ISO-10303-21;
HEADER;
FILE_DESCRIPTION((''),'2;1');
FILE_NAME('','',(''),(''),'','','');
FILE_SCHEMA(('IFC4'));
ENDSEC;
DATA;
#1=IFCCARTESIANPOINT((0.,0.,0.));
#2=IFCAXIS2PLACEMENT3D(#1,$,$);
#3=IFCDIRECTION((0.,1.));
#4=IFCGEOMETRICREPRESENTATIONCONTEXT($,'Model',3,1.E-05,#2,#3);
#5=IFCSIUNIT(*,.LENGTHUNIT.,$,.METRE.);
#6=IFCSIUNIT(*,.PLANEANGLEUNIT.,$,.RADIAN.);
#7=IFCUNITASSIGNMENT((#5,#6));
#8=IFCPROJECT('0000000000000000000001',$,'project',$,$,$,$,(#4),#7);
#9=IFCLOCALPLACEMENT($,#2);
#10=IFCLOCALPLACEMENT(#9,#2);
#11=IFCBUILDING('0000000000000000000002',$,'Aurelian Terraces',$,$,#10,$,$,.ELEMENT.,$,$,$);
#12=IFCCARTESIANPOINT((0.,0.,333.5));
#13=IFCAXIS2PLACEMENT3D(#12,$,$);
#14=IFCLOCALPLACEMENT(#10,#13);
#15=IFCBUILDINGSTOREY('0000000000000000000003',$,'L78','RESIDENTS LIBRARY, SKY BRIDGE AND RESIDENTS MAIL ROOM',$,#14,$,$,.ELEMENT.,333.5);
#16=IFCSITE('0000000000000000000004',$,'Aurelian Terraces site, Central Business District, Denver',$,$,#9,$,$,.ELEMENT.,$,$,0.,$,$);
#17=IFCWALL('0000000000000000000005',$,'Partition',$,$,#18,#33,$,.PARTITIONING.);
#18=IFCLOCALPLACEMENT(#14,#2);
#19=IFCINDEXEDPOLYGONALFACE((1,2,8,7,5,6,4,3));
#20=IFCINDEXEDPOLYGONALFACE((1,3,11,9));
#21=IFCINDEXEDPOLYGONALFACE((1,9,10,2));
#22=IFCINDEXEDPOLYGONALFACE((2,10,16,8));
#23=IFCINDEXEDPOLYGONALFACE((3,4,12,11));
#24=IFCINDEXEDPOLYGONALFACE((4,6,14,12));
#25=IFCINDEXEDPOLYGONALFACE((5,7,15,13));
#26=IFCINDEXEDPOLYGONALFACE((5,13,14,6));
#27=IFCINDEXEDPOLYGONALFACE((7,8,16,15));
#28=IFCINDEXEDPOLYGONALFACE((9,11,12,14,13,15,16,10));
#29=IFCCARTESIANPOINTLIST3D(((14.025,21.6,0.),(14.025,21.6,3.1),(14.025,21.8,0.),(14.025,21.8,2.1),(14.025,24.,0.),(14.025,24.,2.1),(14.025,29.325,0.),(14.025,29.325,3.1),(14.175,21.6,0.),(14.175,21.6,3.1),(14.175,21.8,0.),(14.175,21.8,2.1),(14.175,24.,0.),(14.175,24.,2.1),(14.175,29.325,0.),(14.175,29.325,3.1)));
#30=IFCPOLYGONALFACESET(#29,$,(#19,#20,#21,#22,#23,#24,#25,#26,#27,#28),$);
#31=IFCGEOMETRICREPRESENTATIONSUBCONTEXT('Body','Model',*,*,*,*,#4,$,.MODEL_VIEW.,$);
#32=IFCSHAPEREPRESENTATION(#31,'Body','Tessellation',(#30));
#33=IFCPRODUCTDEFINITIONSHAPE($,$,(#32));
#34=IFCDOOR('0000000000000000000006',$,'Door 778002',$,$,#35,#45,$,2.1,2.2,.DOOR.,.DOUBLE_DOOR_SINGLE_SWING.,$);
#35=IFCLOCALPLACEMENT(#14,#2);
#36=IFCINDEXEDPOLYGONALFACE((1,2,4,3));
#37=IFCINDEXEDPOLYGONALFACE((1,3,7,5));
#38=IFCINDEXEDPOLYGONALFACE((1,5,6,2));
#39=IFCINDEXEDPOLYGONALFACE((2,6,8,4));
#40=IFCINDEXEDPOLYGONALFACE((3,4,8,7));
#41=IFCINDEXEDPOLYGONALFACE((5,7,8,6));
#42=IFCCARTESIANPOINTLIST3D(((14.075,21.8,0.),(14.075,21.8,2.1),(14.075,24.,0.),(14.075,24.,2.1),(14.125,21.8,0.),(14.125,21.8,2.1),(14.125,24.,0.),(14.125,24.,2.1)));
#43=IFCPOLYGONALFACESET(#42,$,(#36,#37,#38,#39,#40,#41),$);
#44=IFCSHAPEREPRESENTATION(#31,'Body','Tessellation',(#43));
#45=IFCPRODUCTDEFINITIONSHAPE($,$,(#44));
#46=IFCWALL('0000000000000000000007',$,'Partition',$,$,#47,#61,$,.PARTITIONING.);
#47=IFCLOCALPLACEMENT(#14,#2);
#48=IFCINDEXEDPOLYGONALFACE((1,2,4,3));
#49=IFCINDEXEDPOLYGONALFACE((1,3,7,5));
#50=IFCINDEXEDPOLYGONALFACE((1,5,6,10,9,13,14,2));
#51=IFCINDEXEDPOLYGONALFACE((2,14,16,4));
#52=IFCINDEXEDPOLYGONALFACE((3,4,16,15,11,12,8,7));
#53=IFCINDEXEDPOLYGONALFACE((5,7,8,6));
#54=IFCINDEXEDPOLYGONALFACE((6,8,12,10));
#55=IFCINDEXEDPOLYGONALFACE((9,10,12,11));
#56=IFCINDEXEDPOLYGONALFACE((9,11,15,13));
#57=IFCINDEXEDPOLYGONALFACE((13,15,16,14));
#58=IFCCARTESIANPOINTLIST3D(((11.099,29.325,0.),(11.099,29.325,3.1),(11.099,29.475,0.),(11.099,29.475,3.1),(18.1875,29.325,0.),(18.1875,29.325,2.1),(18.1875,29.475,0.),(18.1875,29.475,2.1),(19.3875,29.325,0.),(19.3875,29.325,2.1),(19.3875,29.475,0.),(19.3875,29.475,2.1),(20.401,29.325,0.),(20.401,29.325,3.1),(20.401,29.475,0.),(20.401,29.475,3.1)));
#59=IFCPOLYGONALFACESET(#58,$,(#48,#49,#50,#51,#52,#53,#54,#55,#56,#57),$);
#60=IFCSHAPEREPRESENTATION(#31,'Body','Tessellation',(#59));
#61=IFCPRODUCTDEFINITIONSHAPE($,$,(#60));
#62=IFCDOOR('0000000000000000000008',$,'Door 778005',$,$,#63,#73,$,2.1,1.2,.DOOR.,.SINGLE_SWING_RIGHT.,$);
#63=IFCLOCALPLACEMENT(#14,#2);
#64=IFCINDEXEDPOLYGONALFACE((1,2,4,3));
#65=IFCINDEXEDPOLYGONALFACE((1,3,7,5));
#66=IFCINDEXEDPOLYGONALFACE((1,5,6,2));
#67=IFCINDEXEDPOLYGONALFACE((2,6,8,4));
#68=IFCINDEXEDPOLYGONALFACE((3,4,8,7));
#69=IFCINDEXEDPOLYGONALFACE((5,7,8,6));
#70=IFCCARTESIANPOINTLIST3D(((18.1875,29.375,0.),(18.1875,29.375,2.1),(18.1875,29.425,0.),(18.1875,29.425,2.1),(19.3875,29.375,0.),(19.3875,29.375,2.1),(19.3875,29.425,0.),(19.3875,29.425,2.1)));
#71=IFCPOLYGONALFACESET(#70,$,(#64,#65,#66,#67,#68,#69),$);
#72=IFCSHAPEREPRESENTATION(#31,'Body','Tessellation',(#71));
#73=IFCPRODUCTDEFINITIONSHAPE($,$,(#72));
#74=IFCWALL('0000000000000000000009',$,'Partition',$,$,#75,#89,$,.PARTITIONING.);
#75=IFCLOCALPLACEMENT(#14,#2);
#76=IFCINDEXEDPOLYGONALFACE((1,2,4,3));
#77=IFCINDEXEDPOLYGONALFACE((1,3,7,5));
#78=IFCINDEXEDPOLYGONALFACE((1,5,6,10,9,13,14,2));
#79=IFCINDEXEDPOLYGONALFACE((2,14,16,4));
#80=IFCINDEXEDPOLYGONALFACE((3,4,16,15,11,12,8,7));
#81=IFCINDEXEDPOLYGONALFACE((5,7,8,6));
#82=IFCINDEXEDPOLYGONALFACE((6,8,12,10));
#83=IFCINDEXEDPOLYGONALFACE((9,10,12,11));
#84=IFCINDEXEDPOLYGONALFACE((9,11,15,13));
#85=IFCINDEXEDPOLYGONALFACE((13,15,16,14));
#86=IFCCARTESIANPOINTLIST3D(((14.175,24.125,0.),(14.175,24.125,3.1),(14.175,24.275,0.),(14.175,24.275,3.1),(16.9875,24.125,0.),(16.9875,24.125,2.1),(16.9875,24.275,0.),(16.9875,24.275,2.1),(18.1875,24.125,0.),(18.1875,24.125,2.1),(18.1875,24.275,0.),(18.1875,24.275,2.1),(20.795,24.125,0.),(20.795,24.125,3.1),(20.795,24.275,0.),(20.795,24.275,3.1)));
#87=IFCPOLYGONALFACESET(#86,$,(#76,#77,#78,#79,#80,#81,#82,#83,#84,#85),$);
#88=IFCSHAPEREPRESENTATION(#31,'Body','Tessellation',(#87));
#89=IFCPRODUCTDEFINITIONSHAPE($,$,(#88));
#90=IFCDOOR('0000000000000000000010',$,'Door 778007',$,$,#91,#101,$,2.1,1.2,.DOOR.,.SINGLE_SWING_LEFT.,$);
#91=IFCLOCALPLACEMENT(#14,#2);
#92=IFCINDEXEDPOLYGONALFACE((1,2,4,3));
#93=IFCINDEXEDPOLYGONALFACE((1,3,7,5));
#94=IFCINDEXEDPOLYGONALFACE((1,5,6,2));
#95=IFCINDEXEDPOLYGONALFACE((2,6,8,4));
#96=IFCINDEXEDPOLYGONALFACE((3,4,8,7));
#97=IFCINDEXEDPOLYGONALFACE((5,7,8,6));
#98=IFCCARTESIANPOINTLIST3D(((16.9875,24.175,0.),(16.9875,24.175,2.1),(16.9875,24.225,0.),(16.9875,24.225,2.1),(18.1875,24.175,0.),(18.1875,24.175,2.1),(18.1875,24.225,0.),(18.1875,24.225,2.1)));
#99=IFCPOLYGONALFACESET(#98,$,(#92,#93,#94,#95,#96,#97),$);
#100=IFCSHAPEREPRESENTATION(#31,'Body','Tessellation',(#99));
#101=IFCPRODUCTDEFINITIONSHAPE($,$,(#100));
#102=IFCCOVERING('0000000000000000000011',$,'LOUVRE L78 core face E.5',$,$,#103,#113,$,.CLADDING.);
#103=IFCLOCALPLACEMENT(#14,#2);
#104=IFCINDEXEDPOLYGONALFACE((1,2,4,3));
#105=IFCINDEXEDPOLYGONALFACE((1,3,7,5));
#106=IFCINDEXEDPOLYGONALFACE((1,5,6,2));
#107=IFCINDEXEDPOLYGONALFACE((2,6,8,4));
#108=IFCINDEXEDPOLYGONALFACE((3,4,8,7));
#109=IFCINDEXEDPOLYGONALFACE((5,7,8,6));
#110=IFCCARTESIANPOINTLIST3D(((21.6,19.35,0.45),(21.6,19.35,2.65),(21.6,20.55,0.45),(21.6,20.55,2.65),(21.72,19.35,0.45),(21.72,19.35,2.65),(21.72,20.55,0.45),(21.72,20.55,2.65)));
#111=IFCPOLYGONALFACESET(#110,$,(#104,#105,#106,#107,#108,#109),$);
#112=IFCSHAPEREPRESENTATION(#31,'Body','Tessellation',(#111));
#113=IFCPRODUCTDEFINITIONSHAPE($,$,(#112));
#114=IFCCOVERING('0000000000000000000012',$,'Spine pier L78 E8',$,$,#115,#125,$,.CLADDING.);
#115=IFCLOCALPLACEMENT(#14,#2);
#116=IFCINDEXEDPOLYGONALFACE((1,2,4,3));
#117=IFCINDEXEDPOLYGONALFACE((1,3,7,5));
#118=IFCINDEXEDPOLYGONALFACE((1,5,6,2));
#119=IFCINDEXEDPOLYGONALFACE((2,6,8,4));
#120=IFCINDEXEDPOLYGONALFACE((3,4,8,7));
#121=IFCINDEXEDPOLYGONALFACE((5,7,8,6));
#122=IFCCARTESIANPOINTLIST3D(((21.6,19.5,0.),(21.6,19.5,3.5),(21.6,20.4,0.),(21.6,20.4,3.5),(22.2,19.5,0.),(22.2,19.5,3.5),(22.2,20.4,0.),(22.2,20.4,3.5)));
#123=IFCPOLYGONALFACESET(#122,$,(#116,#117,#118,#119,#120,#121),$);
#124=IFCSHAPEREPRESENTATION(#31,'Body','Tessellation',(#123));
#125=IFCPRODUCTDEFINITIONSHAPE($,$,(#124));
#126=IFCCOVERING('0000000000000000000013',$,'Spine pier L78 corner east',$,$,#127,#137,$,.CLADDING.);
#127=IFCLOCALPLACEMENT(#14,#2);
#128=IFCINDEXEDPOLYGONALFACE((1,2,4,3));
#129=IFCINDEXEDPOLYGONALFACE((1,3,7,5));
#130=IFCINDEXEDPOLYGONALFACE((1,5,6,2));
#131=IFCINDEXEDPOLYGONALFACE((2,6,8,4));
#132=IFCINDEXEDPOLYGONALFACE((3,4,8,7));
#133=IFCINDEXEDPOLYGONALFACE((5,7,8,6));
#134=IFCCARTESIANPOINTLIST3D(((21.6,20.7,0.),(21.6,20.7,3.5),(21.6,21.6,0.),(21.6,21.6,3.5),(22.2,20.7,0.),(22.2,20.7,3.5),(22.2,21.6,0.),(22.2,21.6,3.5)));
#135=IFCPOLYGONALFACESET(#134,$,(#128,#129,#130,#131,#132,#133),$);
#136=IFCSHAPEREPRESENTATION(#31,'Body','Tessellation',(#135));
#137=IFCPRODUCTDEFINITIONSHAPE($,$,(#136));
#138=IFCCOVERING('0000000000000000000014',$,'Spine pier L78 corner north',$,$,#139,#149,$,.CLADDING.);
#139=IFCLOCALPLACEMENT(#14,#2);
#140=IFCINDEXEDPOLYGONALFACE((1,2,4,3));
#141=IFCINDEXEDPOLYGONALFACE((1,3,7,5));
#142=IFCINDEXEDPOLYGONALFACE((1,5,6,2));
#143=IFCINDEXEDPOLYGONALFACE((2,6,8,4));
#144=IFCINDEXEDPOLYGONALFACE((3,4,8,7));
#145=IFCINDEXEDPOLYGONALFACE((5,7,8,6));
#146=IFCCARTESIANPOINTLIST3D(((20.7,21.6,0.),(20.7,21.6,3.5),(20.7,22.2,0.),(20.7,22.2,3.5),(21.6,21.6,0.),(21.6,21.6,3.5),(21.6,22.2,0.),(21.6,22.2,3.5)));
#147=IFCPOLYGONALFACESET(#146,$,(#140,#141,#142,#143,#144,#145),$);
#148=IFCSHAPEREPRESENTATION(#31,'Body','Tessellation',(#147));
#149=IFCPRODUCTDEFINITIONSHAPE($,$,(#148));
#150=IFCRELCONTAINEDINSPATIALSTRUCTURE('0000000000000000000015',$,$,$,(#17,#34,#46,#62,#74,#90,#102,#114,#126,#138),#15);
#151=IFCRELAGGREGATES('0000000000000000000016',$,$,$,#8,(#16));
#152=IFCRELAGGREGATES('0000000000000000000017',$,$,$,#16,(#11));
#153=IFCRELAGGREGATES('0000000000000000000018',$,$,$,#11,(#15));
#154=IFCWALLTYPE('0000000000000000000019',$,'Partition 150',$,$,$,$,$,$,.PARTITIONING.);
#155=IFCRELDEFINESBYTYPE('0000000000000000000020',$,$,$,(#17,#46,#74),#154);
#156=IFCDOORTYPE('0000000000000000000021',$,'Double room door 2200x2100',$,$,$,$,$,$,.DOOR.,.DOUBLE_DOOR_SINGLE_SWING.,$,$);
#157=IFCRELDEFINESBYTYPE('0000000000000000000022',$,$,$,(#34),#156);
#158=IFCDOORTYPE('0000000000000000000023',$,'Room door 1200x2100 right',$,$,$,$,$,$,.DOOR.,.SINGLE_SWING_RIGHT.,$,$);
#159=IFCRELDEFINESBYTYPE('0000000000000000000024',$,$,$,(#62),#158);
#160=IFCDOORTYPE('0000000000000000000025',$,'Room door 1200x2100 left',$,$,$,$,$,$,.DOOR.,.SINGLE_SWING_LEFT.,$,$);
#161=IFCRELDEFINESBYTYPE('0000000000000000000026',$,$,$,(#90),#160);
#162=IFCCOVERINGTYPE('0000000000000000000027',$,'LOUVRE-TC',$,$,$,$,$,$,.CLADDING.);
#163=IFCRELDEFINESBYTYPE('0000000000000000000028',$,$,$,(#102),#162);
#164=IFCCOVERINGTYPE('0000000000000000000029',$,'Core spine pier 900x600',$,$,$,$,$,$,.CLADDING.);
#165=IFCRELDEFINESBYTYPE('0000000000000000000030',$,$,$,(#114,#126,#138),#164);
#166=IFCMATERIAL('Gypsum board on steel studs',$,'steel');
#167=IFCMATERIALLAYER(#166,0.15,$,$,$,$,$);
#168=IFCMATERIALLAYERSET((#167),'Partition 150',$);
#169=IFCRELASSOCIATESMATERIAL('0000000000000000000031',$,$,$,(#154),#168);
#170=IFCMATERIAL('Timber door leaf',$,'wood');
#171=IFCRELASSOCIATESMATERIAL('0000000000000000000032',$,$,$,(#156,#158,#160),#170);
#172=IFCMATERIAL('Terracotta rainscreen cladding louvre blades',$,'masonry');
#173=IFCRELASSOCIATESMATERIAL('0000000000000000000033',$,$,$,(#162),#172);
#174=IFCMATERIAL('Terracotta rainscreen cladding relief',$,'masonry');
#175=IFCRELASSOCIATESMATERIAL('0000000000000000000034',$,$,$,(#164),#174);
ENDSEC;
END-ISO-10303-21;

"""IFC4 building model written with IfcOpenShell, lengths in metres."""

from ifc_helpers import new_model, si_unit, direction, frame, frame_2d, origin, origin_2d, place, context, subcontext, project, spatial, rectangle, extrude, source, transform, mapped, material, layer, layer_set, type_object, element, fill, save


model = new_model("IFC4")

# Units and contexts
model_context = context("Model", 3, precision=1e-05, world=origin(), true_north=direction((0.0, 1.0)))
body_context = subcontext(model_context, "Body", "Model", "MODEL_VIEW")
ifc_project = project(units=[si_unit("LENGTHUNIT", "METRE"), si_unit("PLANEANGLEUNIT", "RADIAN")], contexts=[model_context])

# Site, building, storey
site_placement = place(None, origin())
site = spatial("IfcSite", under=ifc_project, at=site_placement, Name="Aurelian Terraces site, Central Business District, Denver", CompositionType="ELEMENT", RefElevation=0.0)
building_placement = place(site_placement, origin())
building = spatial("IfcBuilding", under=site, at=building_placement, Name="Aurelian Terraces", CompositionType="ELEMENT")
storey_placement = place(building_placement, frame((0.0, 0.0, 333.5)))
storey = spatial("IfcBuildingStorey", under=building, at=storey_placement, Name="L78", Description="RESIDENTS LIBRARY, SKY BRIDGE AND RESIDENTS MAIL ROOM", CompositionType="ELEMENT", Elevation=333.5)

# Walls, openings, doors
ifc_material_1 = material(Name="Gypsum board on steel studs", Category="steel")
ifc_layer_1 = layer(ifc_material_1, 0.15)
ifc_layer_set_1 = layer_set([ifc_layer_1], Name="Partition 150")
wall_type_1 = type_object("IfcWallType", Name="Partition 150", PredefinedType="PARTITIONING", material=ifc_layer_set_1)
shared_shape_1 = source(origin(), body_context, "Body", "SweptSolid", [
    extrude(rectangle(XDim=7.725, YDim=0.15, at=frame_2d((3.8625, 0.0))), origin(), (0.0, 0.0, 1.0), 3.1),
])
wall_1_placement = place(storey_placement, frame((14.1, 29.325, 0.0), z_axis=(0.0, 0.0, 1.0), x_axis=(0.0, -1.0, 0.0)))
wall_1 = element("IfcWall", 1, at=wall_1_placement, inside=storey, type_object=wall_type_1, Name="Partition", PredefinedType="PARTITIONING", context=body_context, shape_type="MappedRepresentation", body=[
    mapped(shared_shape_1, transform((0.0, 0.0, 0.0), scale=1.0)),
])
shared_shape_2 = source(origin(), body_context, "Body", "SweptSolid", [
    extrude(rectangle(XDim=2.2, YDim=2.1, at=frame_2d((1.1, 1.05))), frame((0.0, 0.085, 0.0), z_axis=(0.0, -1.0, 0.0), x_axis=(1.0, 0.0, 0.0)), (0.0, 0.0, 1.0), 0.17),
])
opening_1_placement = place(wall_1_placement, frame((5.325, 0.0, 0.0)))
opening_1 = element("IfcOpeningElement", 2, at=opening_1_placement, cuts=wall_1, PredefinedType="OPENING", context=body_context, shape_type="MappedRepresentation", body=[
    mapped(shared_shape_2, transform((0.0, 0.0, 0.0), scale=1.0)),
])
ifc_material_2 = material(Name="Timber door leaf", Category="wood")
door_type_1 = type_object("IfcDoorType", Name="Double room door 2200x2100", OperationType="DOUBLE_DOOR_SINGLE_SWING", PredefinedType="DOOR", material=ifc_material_2)
shared_shape_3 = source(origin(), body_context, "Body", "SweptSolid", [
    extrude(rectangle(XDim=2.2, YDim=2.1, at=frame_2d((1.1, 1.05))), frame((0.0, 0.025, 0.0), z_axis=(0.0, -1.0, 0.0), x_axis=(1.0, 0.0, 0.0)), (0.0, 0.0, 1.0), 0.05),
])
door_1_placement = place(opening_1_placement, origin())
door_1 = element("IfcDoor", 3, at=door_1_placement, inside=storey, type_object=door_type_1, Name="Door 778002", OperationType="DOUBLE_DOOR_SINGLE_SWING", OverallHeight=2.1, OverallWidth=2.2, PredefinedType="DOOR", context=body_context, shape_type="MappedRepresentation", body=[
    mapped(shared_shape_3, transform((0.0, 0.0, 0.0), scale=1.0)),
])
fill(opening_1, door_1)
shared_shape_4 = source(origin(), body_context, "Body", "SweptSolid", [
    extrude(rectangle(XDim=9.302, YDim=0.15, at=frame_2d((4.651, 0.0))), origin(), (0.0, 0.0, 1.0), 3.1),
])
wall_2_placement = place(storey_placement, frame((11.099, 29.4, 0.0), z_axis=(0.0, 0.0, 1.0), x_axis=(1.0, 0.0, 0.0)))
wall_2 = element("IfcWall", 4, at=wall_2_placement, inside=storey, type_object=wall_type_1, Name="Partition", PredefinedType="PARTITIONING", context=body_context, shape_type="MappedRepresentation", body=[
    mapped(shared_shape_4, transform((0.0, 0.0, 0.0), scale=1.0)),
])
shared_shape_5 = source(origin(), body_context, "Body", "SweptSolid", [
    extrude(rectangle(XDim=1.2, YDim=2.1, at=frame_2d((0.6, 1.05))), frame((0.0, 0.085, 0.0), z_axis=(0.0, -1.0, 0.0), x_axis=(1.0, 0.0, 0.0)), (0.0, 0.0, 1.0), 0.17),
])
opening_2_placement = place(wall_2_placement, frame((7.0885, 0.0, 0.0)))
opening_2 = element("IfcOpeningElement", 5, at=opening_2_placement, cuts=wall_2, PredefinedType="OPENING", context=body_context, shape_type="MappedRepresentation", body=[
    mapped(shared_shape_5, transform((0.0, 0.0, 0.0), scale=1.0)),
])
door_type_2 = type_object("IfcDoorType", Name="Room door 1200x2100 right", OperationType="SINGLE_SWING_RIGHT", PredefinedType="DOOR", material=ifc_material_2)
shared_shape_6 = source(origin(), body_context, "Body", "SweptSolid", [
    extrude(rectangle(XDim=1.2, YDim=2.1, at=frame_2d((0.6, 1.05))), frame((0.0, 0.025, 0.0), z_axis=(0.0, -1.0, 0.0), x_axis=(1.0, 0.0, 0.0)), (0.0, 0.0, 1.0), 0.05),
])
door_2_placement = place(opening_2_placement, origin())
door_2 = element("IfcDoor", 6, at=door_2_placement, inside=storey, type_object=door_type_2, Name="Door 778005", OperationType="SINGLE_SWING_RIGHT", OverallHeight=2.1, OverallWidth=1.2, PredefinedType="DOOR", context=body_context, shape_type="MappedRepresentation", body=[
    mapped(shared_shape_6, transform((0.0, 0.0, 0.0), scale=1.0)),
])
fill(opening_2, door_2)
shared_shape_7 = source(origin(), body_context, "Body", "SweptSolid", [
    extrude(rectangle(XDim=6.62, YDim=0.15, at=frame_2d((3.31, 0.0))), origin(), (0.0, 0.0, 1.0), 3.1),
])
wall_3_placement = place(storey_placement, frame((14.175, 24.2, 0.0), z_axis=(0.0, 0.0, 1.0), x_axis=(1.0, 0.0, 0.0)))
wall_3 = element("IfcWall", 7, at=wall_3_placement, inside=storey, type_object=wall_type_1, Name="Partition", PredefinedType="PARTITIONING", context=body_context, shape_type="MappedRepresentation", body=[
    mapped(shared_shape_7, transform((0.0, 0.0, 0.0), scale=1.0)),
])
opening_3_placement = place(wall_3_placement, frame((2.8125, 0.0, 0.0)))
opening_3 = element("IfcOpeningElement", 8, at=opening_3_placement, cuts=wall_3, PredefinedType="OPENING", context=body_context, shape_type="MappedRepresentation", body=[
    mapped(shared_shape_5, transform((0.0, 0.0, 0.0), scale=1.0)),
])
door_type_3 = type_object("IfcDoorType", Name="Room door 1200x2100 left", OperationType="SINGLE_SWING_LEFT", PredefinedType="DOOR", material=ifc_material_2)
door_3_placement = place(opening_3_placement, origin())
door_3 = element("IfcDoor", 9, at=door_3_placement, inside=storey, type_object=door_type_3, Name="Door 778007", OperationType="SINGLE_SWING_LEFT", OverallHeight=2.1, OverallWidth=1.2, PredefinedType="DOOR", context=body_context, shape_type="MappedRepresentation", body=[
    mapped(shared_shape_6, transform((0.0, 0.0, 0.0), scale=1.0)),
])
fill(opening_3, door_3)

# Coverings
ifc_material_3 = material(Name="Terracotta rainscreen cladding louvre blades", Category="masonry")
covering_type_1 = type_object("IfcCoveringType", Name="LOUVRE-TC", PredefinedType="CLADDING", material=ifc_material_3)
shared_shape_8 = source(origin(), body_context, "Body", "SweptSolid", [
    extrude(rectangle(XDim=0.12, YDim=1.2, at=origin_2d()), origin(), (0.0, 0.0, 1.0), 2.2),
])
covering_1_placement = place(storey_placement, frame((21.66, 19.95, 0.45), z_axis=(0.0, 0.0, 1.0), x_axis=(1.0, 0.0, 0.0)))
element("IfcCovering", 10, at=covering_1_placement, inside=storey, type_object=covering_type_1, Name="LOUVRE L78 core face E.5", PredefinedType="CLADDING", context=body_context, shape_type="MappedRepresentation", body=[
    mapped(shared_shape_8, transform((0.0, 0.0, 0.0), scale=1.0)),
])
ifc_material_4 = material(Name="Terracotta rainscreen cladding relief", Category="masonry")
covering_type_2 = type_object("IfcCoveringType", Name="Core spine pier 900x600", PredefinedType="CLADDING", material=ifc_material_4)
shared_shape_9 = source(origin(), body_context, "Body", "SweptSolid", [
    extrude(rectangle(XDim=0.6, YDim=0.9, at=origin_2d()), origin(), (0.0, 0.0, 1.0), 3.5),
])
for number, where, z_axis, x_axis, name in (
    (11, (21.9, 19.95, 0.0), (0.0, 0.0, 1.0), (1.0, 0.0, 0.0), "Spine pier L78 E8"),
    (12, (21.9, 21.15, 0.0), (0.0, 0.0, 1.0), (1.0, 0.0, 0.0), "Spine pier L78 corner east"),
):
    element("IfcCovering", number, at=place(storey_placement, frame(where, z_axis=z_axis, x_axis=x_axis)), inside=storey, type_object=covering_type_2, Name=name, PredefinedType="CLADDING", context=body_context, shape_type="MappedRepresentation", body=[
        mapped(shared_shape_9, transform((0.0, 0.0, 0.0), scale=1.0)),
    ])
shared_shape_10 = source(origin(), body_context, "Body", "SweptSolid", [
    extrude(rectangle(XDim=0.9, YDim=0.6, at=origin_2d()), origin(), (0.0, 0.0, 1.0), 3.5),
])
covering_2_placement = place(storey_placement, frame((21.15, 21.9, 0.0), z_axis=(0.0, 0.0, 1.0), x_axis=(1.0, 0.0, 0.0)))
element("IfcCovering", 13, at=covering_2_placement, inside=storey, type_object=covering_type_2, Name="Spine pier L78 corner north", PredefinedType="CLADDING", context=body_context, shape_type="MappedRepresentation", body=[
    mapped(shared_shape_10, transform((0.0, 0.0, 0.0), scale=1.0)),
])

save(model, "model.ifc")
